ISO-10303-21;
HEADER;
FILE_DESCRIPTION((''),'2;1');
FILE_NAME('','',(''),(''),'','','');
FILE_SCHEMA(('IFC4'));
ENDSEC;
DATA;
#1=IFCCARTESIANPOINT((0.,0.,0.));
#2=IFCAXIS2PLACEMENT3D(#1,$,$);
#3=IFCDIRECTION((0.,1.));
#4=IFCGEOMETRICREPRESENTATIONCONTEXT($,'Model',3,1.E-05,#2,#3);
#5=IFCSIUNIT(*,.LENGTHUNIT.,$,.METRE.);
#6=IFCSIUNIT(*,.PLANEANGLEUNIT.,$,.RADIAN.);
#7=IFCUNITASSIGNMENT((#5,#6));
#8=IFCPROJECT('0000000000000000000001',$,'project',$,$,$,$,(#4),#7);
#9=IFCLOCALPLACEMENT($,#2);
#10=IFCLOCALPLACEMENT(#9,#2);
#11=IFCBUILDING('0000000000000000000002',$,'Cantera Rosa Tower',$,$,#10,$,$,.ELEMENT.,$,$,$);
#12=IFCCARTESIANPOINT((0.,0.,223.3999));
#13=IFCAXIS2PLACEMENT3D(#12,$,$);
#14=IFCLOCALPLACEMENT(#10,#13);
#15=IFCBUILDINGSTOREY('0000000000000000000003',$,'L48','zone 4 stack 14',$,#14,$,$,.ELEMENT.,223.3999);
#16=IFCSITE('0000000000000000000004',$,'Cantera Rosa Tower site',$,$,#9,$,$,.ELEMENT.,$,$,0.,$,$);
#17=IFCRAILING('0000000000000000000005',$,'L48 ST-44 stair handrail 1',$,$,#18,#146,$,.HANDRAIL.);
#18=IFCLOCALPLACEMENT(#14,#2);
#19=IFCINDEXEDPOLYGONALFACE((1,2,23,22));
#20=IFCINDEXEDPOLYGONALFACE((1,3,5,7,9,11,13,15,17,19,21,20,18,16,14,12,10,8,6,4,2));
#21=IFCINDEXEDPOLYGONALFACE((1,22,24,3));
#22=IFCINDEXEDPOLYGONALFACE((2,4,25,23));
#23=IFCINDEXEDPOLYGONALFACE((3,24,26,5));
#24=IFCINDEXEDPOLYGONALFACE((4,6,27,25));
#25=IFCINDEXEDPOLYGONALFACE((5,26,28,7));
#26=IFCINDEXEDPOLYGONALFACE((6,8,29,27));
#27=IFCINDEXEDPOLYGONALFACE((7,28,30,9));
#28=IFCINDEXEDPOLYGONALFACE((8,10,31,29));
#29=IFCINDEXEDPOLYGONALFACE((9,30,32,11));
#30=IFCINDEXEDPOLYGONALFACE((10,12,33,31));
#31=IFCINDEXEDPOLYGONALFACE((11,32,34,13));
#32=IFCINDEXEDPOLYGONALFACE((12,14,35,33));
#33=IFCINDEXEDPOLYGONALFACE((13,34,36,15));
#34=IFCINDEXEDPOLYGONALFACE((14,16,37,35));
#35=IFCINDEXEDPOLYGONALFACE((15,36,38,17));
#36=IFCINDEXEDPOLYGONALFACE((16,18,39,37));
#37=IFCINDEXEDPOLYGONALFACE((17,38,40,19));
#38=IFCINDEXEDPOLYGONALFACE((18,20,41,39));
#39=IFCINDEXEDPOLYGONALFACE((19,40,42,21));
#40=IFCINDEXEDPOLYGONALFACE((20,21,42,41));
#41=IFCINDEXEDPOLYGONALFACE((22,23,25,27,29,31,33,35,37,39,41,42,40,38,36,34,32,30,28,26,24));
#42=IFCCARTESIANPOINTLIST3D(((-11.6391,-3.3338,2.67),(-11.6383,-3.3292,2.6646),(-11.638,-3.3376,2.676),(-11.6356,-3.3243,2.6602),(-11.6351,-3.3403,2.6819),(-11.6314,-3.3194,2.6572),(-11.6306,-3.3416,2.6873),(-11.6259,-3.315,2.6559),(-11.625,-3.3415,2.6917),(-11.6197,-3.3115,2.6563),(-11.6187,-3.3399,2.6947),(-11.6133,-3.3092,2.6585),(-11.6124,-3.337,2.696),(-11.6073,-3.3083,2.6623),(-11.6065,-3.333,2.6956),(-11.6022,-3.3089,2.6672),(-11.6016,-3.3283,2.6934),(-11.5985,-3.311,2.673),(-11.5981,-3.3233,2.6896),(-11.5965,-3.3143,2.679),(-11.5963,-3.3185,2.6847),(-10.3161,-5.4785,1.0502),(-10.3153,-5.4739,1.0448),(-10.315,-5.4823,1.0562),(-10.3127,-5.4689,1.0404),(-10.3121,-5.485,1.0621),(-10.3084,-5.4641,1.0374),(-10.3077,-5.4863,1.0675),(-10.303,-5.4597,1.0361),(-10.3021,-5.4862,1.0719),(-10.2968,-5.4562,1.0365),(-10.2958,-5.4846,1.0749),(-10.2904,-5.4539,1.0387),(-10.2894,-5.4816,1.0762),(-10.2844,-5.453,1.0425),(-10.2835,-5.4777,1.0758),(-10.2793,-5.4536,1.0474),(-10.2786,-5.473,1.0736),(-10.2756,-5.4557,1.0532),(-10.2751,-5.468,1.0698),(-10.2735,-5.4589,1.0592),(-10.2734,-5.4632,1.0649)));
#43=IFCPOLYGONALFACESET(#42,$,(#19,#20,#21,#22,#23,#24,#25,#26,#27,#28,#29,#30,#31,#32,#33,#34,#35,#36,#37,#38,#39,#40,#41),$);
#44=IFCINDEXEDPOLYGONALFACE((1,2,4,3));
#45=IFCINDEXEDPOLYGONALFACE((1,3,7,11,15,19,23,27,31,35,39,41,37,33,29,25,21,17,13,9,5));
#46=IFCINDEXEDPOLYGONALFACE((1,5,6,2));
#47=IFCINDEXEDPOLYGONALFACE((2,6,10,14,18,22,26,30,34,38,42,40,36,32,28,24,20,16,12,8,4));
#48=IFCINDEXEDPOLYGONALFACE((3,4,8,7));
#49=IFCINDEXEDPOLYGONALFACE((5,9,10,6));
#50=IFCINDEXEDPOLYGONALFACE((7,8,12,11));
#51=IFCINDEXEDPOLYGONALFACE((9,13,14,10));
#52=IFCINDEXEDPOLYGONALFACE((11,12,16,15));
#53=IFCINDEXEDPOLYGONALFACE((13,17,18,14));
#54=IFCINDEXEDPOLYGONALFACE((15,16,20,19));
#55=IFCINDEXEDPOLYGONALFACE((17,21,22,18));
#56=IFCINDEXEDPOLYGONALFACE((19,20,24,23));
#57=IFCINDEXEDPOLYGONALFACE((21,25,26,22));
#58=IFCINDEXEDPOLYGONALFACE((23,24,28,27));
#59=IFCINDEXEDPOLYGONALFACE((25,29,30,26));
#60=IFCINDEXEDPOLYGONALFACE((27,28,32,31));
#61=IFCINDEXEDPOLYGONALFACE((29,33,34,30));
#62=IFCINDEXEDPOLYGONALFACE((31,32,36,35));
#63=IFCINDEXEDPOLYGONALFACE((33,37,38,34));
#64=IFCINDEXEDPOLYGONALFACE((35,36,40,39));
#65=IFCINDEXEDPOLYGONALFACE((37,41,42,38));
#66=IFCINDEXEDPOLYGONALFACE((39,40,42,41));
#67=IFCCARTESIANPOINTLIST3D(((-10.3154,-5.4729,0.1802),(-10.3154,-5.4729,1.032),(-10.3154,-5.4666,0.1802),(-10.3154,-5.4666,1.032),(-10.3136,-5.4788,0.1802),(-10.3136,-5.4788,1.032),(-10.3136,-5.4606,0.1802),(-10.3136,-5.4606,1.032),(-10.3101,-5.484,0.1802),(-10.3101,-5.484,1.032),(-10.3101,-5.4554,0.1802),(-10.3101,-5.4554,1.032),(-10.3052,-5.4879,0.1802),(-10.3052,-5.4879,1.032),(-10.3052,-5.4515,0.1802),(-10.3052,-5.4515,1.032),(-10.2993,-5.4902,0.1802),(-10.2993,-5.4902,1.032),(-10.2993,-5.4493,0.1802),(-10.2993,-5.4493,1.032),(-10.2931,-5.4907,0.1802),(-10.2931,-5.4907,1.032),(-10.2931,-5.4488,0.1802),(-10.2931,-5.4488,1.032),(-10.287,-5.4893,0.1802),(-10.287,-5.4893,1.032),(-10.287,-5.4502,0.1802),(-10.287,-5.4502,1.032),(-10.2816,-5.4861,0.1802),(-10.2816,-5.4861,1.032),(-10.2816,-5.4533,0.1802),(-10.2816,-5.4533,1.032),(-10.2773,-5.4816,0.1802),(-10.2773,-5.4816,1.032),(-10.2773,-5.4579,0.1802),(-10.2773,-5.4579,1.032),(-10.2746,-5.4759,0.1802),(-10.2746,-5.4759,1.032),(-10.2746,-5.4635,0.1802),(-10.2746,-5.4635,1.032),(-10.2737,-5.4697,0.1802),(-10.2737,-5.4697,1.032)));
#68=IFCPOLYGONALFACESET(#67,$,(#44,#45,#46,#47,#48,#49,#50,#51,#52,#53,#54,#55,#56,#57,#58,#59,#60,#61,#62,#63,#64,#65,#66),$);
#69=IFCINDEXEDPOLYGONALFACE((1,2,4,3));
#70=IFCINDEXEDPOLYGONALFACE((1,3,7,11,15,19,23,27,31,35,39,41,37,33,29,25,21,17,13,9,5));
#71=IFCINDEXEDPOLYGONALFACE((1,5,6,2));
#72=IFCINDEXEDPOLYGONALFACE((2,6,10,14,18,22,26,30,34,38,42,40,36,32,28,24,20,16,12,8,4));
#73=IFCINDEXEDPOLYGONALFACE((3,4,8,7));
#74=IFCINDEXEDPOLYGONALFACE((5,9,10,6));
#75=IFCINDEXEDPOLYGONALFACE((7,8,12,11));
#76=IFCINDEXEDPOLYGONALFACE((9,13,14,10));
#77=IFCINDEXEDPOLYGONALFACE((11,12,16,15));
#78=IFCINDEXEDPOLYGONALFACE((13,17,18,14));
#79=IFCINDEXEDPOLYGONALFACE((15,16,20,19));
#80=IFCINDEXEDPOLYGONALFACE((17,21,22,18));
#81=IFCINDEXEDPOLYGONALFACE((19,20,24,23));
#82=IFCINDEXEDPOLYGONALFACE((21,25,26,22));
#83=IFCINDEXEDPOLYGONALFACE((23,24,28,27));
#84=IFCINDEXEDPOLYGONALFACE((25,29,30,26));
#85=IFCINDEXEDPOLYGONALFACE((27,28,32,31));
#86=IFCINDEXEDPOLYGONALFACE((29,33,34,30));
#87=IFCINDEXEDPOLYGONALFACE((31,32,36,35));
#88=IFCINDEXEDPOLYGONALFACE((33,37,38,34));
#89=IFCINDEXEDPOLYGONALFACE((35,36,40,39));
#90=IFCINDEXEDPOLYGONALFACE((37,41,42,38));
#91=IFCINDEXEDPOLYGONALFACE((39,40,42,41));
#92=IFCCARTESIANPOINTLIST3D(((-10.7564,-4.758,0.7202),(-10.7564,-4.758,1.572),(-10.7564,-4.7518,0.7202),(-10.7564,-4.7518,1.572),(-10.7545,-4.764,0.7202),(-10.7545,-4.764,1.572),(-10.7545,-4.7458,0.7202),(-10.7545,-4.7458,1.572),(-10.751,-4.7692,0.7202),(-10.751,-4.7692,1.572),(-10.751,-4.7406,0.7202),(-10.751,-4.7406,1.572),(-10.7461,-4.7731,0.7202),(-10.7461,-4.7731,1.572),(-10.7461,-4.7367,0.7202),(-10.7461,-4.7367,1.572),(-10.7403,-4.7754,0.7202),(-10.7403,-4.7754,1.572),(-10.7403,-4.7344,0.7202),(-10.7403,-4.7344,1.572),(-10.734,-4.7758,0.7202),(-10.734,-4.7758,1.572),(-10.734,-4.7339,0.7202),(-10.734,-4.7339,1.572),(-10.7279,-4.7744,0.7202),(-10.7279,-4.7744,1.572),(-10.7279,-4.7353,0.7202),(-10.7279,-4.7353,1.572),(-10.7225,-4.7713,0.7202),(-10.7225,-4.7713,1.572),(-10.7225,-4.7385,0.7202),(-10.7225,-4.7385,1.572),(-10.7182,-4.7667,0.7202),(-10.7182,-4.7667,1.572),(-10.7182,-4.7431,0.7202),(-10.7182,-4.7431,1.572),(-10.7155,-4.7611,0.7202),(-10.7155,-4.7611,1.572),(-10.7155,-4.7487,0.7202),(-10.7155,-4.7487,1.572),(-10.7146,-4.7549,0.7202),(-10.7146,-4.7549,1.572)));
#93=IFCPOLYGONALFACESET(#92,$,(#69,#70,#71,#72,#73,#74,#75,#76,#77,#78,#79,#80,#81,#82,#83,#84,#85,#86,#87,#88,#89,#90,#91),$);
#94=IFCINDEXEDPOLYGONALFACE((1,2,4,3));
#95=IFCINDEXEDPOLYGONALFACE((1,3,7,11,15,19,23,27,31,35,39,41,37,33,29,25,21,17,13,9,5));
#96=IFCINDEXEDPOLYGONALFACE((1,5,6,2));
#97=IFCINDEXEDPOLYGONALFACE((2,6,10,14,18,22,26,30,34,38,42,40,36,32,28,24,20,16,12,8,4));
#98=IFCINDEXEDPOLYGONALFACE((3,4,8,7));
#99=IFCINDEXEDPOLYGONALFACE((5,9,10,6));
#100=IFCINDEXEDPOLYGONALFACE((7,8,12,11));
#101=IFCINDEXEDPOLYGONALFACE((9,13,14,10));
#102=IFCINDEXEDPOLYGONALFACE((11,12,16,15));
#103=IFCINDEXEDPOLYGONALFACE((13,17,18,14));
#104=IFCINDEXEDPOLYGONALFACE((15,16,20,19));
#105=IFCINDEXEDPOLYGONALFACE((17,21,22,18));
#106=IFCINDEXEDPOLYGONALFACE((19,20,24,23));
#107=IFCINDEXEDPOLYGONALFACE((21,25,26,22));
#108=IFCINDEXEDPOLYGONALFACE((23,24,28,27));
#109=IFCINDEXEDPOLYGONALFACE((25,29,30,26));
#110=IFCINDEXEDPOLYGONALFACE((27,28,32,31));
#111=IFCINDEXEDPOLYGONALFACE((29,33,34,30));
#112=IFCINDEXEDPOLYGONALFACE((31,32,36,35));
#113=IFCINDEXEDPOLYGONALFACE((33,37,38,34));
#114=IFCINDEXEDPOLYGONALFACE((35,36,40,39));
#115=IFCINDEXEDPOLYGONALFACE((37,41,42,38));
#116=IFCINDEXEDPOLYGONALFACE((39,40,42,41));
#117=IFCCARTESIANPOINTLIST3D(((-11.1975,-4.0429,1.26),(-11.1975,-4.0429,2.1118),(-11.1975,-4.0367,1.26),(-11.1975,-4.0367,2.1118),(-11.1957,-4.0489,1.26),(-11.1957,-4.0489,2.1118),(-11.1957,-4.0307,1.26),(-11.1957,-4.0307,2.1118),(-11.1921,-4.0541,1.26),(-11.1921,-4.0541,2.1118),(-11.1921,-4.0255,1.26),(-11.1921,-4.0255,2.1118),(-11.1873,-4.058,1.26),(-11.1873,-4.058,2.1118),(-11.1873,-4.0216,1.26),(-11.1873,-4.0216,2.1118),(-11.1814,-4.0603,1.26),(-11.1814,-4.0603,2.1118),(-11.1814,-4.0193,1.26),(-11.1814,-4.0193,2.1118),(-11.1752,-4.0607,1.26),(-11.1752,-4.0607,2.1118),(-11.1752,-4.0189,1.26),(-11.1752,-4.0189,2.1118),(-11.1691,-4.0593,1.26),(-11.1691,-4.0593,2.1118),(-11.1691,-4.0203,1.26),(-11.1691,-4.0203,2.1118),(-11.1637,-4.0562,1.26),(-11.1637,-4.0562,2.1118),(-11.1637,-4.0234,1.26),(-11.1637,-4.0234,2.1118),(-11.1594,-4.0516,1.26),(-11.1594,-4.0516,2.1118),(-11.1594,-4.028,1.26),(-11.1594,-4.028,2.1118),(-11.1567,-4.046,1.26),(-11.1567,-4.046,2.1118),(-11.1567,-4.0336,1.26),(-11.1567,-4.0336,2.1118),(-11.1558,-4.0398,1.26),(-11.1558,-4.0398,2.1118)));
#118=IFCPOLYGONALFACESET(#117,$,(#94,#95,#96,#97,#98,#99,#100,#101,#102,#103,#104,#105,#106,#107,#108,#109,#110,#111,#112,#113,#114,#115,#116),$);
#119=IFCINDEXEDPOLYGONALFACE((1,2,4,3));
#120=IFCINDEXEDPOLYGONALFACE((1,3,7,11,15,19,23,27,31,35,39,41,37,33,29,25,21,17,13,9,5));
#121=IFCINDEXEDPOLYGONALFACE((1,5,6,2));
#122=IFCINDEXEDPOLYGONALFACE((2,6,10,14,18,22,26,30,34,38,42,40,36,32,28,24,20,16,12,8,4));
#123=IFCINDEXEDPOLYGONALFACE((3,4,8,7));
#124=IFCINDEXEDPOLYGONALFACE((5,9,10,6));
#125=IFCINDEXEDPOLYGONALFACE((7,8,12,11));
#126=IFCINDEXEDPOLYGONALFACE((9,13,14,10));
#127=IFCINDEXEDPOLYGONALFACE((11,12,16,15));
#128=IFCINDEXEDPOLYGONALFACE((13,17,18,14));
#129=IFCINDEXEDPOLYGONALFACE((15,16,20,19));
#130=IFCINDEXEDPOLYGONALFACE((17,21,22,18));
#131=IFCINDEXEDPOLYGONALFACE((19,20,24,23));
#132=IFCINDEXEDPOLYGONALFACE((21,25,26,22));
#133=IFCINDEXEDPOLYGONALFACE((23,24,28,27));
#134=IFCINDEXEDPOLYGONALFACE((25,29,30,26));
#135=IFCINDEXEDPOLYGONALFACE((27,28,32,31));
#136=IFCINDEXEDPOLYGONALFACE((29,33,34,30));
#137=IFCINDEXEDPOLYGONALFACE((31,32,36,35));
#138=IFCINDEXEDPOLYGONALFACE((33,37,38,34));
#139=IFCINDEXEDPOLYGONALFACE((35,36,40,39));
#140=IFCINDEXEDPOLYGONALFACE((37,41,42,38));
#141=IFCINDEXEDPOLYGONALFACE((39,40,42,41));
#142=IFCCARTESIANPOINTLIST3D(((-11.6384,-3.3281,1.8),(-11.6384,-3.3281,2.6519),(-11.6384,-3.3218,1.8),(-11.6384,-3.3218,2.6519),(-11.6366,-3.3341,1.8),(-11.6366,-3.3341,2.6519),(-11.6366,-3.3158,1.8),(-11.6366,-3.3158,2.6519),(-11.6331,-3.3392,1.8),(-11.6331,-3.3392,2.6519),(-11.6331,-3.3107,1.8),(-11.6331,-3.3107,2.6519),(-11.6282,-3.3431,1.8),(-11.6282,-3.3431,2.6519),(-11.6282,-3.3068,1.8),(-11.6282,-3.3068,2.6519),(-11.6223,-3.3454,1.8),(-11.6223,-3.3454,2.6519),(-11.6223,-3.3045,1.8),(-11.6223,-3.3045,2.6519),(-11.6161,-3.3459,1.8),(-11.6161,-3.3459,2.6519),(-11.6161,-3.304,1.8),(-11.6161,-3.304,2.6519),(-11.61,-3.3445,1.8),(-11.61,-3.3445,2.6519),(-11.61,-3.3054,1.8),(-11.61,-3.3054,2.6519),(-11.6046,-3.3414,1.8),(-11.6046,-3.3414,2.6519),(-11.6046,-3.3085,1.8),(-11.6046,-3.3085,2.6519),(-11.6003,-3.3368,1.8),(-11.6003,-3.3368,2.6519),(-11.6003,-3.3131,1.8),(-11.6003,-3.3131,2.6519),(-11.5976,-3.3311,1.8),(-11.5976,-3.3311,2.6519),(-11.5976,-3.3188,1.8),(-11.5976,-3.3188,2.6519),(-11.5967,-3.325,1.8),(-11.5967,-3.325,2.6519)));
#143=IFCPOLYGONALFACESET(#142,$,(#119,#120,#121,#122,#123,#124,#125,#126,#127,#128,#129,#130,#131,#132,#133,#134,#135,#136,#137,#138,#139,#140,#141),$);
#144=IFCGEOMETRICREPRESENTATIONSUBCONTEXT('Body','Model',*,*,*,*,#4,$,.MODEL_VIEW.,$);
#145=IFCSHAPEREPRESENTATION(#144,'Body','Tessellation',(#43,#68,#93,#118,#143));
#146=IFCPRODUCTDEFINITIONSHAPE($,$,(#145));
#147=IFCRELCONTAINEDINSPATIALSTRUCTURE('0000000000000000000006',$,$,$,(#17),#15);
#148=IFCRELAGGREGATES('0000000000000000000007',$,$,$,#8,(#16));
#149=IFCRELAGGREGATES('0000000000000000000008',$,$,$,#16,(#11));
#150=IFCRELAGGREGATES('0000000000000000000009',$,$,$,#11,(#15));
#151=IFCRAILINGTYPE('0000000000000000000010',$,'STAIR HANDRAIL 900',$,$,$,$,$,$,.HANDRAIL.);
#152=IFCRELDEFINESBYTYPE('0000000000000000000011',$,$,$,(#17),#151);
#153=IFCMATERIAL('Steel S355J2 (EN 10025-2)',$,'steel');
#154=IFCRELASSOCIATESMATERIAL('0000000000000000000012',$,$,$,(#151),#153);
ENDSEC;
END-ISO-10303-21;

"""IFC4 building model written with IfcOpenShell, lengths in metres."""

from ifc_helpers import new_model, si_unit, direction, frame, origin, origin_2d, place, context, subcontext, project, spatial, circle, extrude, material, type_object, element, save


model = new_model("IFC4")

# Units and contexts
model_context = context("Model", 3, precision=1e-05, world=origin(), true_north=direction((0.0, 1.0)))
body_context = subcontext(model_context, "Body", "Model", "MODEL_VIEW")
ifc_project = project(units=[si_unit("LENGTHUNIT", "METRE"), si_unit("PLANEANGLEUNIT", "RADIAN")], contexts=[model_context])

# Site, building, storey
site_placement = place(None, origin())
site = spatial("IfcSite", under=ifc_project, at=site_placement, Name="Cantera Rosa Tower site", CompositionType="ELEMENT", RefElevation=0.0)
building_placement = place(site_placement, origin())
building = spatial("IfcBuilding", under=site, at=building_placement, Name="Cantera Rosa Tower", CompositionType="ELEMENT")
storey_placement = place(building_placement, frame((0.0, 0.0, 223.3999)))
storey = spatial("IfcBuildingStorey", under=building, at=storey_placement, Name="L48", Description="zone 4 stack 14", CompositionType="ELEMENT", Elevation=223.3999)

# Railing
ifc_material_1 = material(Name="Steel S355J2 (EN 10025-2)", Category="steel")
railing_type_1 = type_object("IfcRailingType", Name="STAIR HANDRAIL 900", PredefinedType="HANDRAIL", material=ifc_material_1)
railing_1_placement = place(storey_placement, frame((-10.2947, -5.4697, 0.1802)))
element("IfcRailing", 1, at=railing_1_placement, inside=storey, type_object=railing_type_1, Name="L48 ST-44 stair handrail 1", PredefinedType="HANDRAIL", context=body_context, shape_type="SweptSolid", body=[
    extrude(circle(Radius=0.0239, at=origin_2d()), frame((0.0, 0.0, 0.876), z_axis=(-0.441629, 0.715945, 0.540728), x_axis=(-0.851102, -0.525, 0.0)), (0.0, 0.0, 1.0), 2.9956),
    extrude(circle(Radius=0.021, at=origin_2d()), origin(), (0.0, 0.0, 1.0), 0.8518),
    extrude(circle(Radius=0.021, at=origin_2d()), frame((-0.4409, 0.7148, 0.54)), (0.0, 0.0, 1.0), 0.8518),
    extrude(circle(Radius=0.021, at=origin_2d()), frame((-0.8821, 1.4299, 1.0798)), (0.0, 0.0, 1.0), 0.8518),
    extrude(circle(Radius=0.021, at=origin_2d()), frame((-1.323, 2.1448, 1.6199)), (0.0, 0.0, 1.0), 0.8518),
])

save(model, "model.ifc")
